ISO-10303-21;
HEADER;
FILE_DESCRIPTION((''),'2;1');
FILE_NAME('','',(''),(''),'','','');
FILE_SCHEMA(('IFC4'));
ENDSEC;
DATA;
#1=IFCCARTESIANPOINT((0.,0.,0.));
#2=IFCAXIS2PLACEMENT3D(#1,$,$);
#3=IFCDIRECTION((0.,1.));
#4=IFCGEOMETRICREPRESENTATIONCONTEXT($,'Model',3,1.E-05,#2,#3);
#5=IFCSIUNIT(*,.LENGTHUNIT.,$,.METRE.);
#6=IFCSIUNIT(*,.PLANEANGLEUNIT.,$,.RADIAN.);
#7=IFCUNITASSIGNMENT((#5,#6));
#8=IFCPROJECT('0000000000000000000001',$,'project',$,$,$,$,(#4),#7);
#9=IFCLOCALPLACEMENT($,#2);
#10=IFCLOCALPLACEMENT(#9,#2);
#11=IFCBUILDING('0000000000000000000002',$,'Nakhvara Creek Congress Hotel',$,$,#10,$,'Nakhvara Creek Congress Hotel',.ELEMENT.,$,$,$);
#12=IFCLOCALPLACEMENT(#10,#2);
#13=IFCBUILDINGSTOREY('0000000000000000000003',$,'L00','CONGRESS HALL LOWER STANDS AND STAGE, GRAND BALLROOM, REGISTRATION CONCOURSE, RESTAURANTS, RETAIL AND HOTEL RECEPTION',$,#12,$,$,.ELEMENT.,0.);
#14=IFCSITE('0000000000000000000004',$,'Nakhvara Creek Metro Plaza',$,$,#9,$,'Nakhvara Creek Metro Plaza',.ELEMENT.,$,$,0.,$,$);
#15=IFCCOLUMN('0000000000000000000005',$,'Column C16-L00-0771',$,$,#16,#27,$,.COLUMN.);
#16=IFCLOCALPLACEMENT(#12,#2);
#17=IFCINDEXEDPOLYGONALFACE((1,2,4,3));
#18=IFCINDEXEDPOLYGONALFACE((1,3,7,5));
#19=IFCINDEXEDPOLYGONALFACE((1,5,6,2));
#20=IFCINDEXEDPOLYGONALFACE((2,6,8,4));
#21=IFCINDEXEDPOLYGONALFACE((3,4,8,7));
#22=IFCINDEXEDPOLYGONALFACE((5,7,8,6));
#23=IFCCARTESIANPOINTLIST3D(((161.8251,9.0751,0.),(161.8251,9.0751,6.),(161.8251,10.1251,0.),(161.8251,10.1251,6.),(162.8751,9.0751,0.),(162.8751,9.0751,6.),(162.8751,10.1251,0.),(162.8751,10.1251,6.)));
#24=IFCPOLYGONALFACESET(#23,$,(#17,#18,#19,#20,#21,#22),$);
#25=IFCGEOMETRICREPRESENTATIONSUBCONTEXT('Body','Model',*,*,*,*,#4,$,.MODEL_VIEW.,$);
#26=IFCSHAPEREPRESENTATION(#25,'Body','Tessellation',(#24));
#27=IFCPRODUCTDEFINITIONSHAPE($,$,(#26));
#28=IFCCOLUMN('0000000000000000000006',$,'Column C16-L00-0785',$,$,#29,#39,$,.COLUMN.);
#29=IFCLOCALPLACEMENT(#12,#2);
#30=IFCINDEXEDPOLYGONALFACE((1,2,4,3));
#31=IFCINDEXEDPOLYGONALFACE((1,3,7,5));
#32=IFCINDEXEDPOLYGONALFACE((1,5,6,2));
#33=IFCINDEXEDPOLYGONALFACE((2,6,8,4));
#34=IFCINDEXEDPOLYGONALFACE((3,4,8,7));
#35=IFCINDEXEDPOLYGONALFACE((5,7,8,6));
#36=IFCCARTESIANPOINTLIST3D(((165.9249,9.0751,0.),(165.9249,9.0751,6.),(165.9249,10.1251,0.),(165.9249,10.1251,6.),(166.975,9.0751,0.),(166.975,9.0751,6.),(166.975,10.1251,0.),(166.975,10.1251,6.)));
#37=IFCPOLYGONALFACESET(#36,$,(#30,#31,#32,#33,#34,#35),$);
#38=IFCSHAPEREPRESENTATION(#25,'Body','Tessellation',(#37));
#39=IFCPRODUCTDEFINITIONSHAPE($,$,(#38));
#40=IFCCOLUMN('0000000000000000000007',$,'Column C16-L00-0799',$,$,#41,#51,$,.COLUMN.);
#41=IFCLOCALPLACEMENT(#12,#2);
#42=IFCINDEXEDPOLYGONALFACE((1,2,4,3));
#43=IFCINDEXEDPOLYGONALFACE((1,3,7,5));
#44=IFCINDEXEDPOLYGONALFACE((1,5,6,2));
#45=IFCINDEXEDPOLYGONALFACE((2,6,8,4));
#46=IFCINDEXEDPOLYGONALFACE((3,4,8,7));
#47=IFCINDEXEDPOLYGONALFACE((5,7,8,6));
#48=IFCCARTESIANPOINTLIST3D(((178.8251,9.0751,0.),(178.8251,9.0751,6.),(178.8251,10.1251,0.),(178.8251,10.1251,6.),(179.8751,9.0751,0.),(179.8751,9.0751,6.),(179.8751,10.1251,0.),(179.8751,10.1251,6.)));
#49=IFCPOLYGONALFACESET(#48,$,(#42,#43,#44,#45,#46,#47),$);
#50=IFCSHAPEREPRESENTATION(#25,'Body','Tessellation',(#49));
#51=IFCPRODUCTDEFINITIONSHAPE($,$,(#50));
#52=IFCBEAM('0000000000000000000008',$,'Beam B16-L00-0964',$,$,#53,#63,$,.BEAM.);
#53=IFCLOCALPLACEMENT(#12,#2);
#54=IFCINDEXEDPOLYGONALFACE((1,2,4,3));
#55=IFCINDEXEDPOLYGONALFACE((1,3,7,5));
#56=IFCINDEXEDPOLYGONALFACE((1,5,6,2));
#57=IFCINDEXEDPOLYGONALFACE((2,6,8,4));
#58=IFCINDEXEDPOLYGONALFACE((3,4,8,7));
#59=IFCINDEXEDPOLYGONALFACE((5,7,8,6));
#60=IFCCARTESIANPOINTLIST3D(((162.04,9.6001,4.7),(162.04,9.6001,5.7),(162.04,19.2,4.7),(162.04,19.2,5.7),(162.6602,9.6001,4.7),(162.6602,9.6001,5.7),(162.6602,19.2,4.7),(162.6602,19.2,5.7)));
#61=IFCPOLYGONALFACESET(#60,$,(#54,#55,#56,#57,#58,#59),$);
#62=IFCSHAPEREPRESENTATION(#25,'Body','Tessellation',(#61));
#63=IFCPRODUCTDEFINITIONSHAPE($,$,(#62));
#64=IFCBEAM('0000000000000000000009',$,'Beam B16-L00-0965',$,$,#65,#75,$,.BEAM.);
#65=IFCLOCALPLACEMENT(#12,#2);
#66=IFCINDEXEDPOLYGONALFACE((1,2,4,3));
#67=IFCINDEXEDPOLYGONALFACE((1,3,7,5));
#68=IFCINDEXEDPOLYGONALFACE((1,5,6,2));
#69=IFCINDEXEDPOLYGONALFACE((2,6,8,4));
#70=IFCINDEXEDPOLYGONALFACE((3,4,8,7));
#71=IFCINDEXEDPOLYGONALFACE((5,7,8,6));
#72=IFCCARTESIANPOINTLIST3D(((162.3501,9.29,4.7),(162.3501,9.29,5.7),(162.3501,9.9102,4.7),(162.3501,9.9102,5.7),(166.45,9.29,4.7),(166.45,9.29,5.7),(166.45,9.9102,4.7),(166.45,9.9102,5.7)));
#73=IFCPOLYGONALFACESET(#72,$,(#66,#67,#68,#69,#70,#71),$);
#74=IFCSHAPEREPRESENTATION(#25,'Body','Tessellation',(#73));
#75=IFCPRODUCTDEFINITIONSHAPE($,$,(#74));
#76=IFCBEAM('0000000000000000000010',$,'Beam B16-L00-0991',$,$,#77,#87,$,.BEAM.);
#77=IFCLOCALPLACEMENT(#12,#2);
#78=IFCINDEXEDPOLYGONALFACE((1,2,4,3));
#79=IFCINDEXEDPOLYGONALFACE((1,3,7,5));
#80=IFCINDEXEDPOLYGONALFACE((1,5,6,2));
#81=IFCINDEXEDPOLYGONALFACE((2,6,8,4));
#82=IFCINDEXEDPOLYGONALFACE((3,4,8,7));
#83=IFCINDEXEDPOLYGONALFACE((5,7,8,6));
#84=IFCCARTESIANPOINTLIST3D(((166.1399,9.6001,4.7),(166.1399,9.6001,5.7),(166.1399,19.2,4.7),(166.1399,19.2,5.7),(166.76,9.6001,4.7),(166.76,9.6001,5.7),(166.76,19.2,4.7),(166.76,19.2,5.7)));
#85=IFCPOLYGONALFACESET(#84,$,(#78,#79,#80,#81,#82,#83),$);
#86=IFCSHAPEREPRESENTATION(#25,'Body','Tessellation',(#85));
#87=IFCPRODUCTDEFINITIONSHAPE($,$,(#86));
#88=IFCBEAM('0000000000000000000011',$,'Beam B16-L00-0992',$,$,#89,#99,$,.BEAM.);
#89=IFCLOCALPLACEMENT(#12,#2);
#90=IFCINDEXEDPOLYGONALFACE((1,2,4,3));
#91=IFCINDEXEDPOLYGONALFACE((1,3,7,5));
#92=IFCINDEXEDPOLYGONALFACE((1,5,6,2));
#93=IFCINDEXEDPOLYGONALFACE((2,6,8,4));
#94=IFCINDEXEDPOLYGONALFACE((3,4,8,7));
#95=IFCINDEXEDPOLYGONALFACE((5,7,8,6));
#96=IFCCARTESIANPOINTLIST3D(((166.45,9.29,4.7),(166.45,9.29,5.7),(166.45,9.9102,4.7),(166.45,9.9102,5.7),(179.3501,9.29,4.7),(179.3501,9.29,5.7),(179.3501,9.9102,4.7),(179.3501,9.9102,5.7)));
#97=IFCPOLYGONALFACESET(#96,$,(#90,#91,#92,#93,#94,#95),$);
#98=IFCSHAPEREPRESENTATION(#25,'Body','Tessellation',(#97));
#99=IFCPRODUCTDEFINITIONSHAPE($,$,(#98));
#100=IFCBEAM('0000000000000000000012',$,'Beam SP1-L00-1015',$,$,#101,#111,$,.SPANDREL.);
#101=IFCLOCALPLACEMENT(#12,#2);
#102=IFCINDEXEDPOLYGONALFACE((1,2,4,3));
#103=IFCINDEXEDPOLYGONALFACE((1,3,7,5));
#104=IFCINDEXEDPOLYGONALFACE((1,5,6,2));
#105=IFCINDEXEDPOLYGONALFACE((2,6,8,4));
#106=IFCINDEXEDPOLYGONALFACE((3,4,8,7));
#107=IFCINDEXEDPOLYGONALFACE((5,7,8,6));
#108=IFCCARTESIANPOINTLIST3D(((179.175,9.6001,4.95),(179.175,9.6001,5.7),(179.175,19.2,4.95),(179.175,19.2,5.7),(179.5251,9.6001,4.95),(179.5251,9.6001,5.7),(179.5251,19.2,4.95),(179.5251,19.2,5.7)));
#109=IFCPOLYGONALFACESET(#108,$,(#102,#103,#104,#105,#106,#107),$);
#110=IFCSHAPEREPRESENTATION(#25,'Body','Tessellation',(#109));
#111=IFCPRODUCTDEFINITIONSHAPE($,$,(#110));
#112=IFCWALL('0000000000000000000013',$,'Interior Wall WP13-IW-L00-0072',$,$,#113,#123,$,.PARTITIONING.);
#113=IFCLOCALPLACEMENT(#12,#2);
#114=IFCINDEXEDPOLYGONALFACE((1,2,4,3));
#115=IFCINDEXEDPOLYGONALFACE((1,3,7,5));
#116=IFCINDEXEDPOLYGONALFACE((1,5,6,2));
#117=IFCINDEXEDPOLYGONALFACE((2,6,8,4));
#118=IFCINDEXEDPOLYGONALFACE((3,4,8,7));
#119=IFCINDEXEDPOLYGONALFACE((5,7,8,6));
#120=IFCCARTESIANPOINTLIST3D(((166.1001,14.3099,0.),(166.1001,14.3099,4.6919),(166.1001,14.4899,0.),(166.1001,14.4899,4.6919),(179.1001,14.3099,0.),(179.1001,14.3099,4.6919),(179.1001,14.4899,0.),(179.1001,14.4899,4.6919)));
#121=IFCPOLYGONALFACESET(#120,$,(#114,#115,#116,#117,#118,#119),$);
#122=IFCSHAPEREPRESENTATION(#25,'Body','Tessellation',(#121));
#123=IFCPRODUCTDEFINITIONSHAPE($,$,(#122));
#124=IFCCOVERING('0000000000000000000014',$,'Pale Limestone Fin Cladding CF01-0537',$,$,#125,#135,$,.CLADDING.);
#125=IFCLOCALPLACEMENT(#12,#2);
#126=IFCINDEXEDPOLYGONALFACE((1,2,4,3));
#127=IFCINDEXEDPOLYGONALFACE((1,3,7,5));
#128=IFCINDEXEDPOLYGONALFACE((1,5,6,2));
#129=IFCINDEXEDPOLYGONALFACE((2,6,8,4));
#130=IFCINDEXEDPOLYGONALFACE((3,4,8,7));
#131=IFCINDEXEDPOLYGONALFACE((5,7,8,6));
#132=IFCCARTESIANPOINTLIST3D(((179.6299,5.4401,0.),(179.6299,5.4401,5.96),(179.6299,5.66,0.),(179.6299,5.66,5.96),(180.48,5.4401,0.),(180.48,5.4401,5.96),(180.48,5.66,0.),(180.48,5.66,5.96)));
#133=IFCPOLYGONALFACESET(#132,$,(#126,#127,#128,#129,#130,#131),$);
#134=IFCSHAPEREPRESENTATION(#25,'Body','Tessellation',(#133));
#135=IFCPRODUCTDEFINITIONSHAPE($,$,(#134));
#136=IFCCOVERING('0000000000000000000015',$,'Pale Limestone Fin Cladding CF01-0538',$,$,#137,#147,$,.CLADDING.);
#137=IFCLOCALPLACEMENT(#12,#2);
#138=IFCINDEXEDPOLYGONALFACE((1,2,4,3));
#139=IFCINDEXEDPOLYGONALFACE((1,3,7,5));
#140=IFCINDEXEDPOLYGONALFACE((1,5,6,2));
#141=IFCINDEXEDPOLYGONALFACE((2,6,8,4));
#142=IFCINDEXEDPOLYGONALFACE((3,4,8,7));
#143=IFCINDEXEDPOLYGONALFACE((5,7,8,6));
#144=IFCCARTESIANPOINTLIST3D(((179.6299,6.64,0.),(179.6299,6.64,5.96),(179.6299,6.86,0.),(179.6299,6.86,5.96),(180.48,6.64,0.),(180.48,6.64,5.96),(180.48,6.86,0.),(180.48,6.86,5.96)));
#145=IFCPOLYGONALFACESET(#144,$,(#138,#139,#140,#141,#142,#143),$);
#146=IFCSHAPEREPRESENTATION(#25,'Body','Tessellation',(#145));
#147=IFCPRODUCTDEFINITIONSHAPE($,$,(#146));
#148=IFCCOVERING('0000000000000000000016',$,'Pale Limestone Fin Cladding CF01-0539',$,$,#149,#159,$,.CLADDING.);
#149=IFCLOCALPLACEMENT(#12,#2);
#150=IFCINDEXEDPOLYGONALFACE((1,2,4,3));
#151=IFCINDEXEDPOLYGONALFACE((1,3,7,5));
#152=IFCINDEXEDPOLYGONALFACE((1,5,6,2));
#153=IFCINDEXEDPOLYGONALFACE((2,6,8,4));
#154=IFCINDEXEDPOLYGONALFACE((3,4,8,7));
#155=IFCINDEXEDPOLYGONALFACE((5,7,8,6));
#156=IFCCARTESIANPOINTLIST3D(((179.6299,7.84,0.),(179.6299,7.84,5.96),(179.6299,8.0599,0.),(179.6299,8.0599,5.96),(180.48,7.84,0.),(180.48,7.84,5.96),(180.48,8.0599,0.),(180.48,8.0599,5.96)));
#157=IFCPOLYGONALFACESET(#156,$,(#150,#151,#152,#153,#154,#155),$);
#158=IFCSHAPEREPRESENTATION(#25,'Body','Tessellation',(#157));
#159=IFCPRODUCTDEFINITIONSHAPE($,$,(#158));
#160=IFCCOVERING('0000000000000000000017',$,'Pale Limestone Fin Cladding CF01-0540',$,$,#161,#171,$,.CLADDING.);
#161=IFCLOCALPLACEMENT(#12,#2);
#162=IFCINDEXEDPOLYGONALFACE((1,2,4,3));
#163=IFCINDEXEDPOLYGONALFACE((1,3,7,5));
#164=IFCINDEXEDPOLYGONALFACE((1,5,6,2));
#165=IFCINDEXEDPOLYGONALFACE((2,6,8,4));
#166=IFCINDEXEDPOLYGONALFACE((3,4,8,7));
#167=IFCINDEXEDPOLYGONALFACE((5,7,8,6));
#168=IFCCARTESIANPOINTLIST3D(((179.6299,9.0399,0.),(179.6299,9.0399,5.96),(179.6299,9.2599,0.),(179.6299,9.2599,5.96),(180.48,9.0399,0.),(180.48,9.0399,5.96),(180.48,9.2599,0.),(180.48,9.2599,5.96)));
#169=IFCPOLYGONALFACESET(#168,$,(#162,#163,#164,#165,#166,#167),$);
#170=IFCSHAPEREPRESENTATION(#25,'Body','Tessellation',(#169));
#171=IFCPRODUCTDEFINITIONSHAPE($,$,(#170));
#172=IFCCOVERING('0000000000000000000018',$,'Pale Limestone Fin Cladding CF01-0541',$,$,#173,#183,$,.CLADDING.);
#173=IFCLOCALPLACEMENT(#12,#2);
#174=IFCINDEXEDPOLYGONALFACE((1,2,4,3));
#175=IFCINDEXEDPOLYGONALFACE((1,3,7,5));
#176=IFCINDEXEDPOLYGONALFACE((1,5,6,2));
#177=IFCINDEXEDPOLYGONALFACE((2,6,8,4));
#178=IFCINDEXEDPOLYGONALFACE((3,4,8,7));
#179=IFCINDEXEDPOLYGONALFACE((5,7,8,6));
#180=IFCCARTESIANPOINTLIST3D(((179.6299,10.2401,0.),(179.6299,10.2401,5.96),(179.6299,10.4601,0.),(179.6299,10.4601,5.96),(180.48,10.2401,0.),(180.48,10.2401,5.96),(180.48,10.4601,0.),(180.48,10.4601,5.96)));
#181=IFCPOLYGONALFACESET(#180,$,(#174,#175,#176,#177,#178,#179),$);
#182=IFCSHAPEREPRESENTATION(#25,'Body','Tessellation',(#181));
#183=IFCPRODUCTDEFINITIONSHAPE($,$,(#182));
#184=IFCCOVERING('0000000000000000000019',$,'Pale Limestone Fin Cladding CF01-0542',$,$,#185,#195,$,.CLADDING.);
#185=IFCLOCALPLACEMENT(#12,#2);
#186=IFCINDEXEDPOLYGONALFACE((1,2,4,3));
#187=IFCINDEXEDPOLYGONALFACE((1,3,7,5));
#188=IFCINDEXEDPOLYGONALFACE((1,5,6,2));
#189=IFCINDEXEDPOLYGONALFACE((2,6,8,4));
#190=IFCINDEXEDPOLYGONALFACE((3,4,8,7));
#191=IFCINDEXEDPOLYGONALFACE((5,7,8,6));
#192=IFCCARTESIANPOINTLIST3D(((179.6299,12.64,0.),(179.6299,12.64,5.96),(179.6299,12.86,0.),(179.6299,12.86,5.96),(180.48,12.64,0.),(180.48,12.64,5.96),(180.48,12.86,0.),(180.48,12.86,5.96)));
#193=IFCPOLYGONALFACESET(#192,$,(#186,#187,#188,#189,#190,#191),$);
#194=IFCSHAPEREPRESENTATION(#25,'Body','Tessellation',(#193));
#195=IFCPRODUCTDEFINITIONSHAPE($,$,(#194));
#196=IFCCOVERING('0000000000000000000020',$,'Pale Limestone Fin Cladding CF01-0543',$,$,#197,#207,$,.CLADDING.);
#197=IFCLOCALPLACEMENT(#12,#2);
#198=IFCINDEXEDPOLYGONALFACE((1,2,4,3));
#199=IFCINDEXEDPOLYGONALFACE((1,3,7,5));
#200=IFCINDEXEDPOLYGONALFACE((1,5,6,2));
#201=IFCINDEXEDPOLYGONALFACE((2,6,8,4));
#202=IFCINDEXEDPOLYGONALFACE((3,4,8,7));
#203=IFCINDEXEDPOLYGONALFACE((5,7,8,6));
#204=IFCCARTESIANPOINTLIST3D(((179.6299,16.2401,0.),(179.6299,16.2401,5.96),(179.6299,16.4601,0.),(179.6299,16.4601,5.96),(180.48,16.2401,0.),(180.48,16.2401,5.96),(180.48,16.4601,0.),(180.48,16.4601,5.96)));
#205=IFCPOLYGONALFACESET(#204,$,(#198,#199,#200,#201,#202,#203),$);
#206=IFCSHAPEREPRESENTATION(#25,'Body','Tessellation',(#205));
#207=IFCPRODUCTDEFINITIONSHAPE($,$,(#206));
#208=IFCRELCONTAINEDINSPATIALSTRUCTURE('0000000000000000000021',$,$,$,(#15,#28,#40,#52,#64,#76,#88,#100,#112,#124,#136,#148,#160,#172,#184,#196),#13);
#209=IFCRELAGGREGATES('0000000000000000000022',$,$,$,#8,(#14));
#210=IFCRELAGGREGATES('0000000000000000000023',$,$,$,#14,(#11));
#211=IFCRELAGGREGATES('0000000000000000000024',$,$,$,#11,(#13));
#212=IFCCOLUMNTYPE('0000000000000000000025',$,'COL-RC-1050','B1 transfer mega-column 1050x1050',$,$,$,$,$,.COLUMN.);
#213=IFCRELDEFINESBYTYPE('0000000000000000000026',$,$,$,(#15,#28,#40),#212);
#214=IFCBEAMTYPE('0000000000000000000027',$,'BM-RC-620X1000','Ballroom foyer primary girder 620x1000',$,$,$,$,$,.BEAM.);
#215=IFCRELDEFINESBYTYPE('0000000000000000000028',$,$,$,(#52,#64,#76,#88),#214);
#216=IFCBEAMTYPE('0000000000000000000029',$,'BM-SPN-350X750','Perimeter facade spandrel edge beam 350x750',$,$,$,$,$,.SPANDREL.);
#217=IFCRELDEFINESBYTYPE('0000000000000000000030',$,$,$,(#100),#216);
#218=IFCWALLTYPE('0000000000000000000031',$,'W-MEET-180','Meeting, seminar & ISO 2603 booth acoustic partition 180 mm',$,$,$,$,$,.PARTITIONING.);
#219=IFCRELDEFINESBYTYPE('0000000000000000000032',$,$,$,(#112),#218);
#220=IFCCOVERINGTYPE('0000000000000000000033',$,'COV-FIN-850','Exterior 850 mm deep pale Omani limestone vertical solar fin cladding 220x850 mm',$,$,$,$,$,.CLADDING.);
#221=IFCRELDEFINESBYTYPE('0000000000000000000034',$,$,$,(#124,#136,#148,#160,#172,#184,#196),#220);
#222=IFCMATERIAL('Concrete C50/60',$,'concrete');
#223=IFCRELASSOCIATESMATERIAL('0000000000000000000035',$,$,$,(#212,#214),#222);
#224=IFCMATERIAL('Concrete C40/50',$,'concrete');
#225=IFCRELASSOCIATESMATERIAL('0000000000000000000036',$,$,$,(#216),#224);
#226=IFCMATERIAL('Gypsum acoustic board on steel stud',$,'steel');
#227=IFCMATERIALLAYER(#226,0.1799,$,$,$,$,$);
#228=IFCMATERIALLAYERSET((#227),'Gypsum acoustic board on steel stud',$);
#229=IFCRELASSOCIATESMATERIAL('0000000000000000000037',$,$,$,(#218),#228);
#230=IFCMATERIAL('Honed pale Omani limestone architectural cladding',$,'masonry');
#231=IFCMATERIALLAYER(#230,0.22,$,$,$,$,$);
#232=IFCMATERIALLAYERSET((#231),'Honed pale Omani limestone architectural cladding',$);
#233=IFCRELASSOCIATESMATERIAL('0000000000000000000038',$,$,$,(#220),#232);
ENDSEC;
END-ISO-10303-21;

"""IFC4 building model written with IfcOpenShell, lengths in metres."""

from ifc_helpers import new_model, si_unit, direction, frame, frame_2d, origin, origin_2d, place, context, subcontext, project, spatial, rectangle, extrude, material, layer, layer_set, material_profile, profile_set, type_object, element, save


model = new_model("IFC4")

# Units and contexts
model_context = context("Model", 3, precision=1e-05, world=origin(), true_north=direction((0.0, 1.0)))
body_context = subcontext(model_context, "Body", "Model", "MODEL_VIEW")
ifc_project = project(units=[si_unit("LENGTHUNIT", "METRE"), si_unit("PLANEANGLEUNIT", "RADIAN")], contexts=[model_context])

# Site, building, storey
site_placement = place(None, origin())
site = spatial("IfcSite", under=ifc_project, at=site_placement, Name="Nakhvara Creek Metro Plaza", LongName="Nakhvara Creek Metro Plaza", CompositionType="ELEMENT", RefElevation=0.0)
building_placement = place(site_placement, origin())
building = spatial("IfcBuilding", under=site, at=building_placement, Name="Nakhvara Creek Congress Hotel", LongName="Nakhvara Creek Congress Hotel", CompositionType="ELEMENT")
storey_placement = place(building_placement, origin())
storey = spatial("IfcBuildingStorey", under=building, at=storey_placement, Name="L00", Description="CONGRESS HALL LOWER STANDS AND STAGE, GRAND BALLROOM, REGISTRATION CONCOURSE, RESTAURANTS, RETAIL AND HOTEL RECEPTION", CompositionType="ELEMENT", Elevation=0.0)

# Columns
ifc_material_1 = material(Name="Concrete C50/60", Category="concrete")
ifc_material_profile_1 = material_profile(ifc_material_1, rectangle(XDim=1.05, YDim=1.05, at=origin_2d()), Name="RC-COL 1050x1050", Category="LoadBearing")
ifc_profile_set_1 = profile_set([ifc_material_profile_1], Name="Concrete C50/60")
column_type = type_object("IfcColumnType", Name="COL-RC-1050", Description="B1 transfer mega-column 1050x1050", PredefinedType="COLUMN", material=ifc_profile_set_1)
for number, where, z_axis, x_axis, name in (
    (1, (162.3501, 9.6001, 0.0), (0.0, 0.0, 1.0), (1.0, 0.0, 0.0), "Column C16-L00-0771"),
    (2, (166.45, 9.6001, 0.0), (0.0, 0.0, 1.0), (1.0, 0.0, 0.0), "Column C16-L00-0785"),
    (3, (179.3501, 9.6001, 0.0), (0.0, 0.0, 1.0), (1.0, 0.0, 0.0), "Column C16-L00-0799"),
):
    element("IfcColumn", number, at=place(storey_placement, frame(where, z_axis=z_axis, x_axis=x_axis)), inside=storey, type_object=column_type, Name=name, PredefinedType="COLUMN", context=body_context, shape_type="SweptSolid", body=[
        extrude(rectangle(XDim=1.05, YDim=1.05, at=origin_2d()), origin(), (0.0, 0.0, 1.0), 6.0),
    ])

# Beams
ifc_material_profile_2 = material_profile(ifc_material_1, rectangle(XDim=0.6201, YDim=1.0, at=origin_2d()), Name="RC-BM 620x1000", Category="LoadBearing")
ifc_profile_set_2 = profile_set([ifc_material_profile_2], Name="Concrete C50/60")
beam_type_1 = type_object("IfcBeamType", Name="BM-RC-620X1000", Description="Ballroom foyer primary girder 620x1000", PredefinedType="BEAM", material=ifc_profile_set_2)
beam_1_placement = place(storey_placement, frame((162.3501, 9.6001, 5.2), z_axis=(0.0, 1.0, 0.0), x_axis=(-1.0, 0.0, 0.0)))
element("IfcBeam", 4, at=beam_1_placement, inside=storey, type_object=beam_type_1, Name="Beam B16-L00-0964", PredefinedType="BEAM", context=body_context, shape_type="SweptSolid", body=[
    extrude(rectangle(XDim=0.6201, YDim=1.0, at=origin_2d()), origin(), (0.0, 0.0, 1.0), 9.5999),
])
beam_2_placement = place(storey_placement, frame((162.3501, 9.6001, 5.2), z_axis=(1.0, 0.0, 0.0), x_axis=(0.0, 1.0, 0.0)))
element("IfcBeam", 5, at=beam_2_placement, inside=storey, type_object=beam_type_1, Name="Beam B16-L00-0965", PredefinedType="BEAM", context=body_context, shape_type="SweptSolid", body=[
    extrude(rectangle(XDim=0.6201, YDim=1.0, at=origin_2d()), origin(), (0.0, 0.0, 1.0), 4.0999),
])
beam_3_placement = place(storey_placement, frame((166.45, 9.6001, 5.2), z_axis=(0.0, 1.0, 0.0), x_axis=(-1.0, 0.0, 0.0)))
element("IfcBeam", 6, at=beam_3_placement, inside=storey, type_object=beam_type_1, Name="Beam B16-L00-0991", PredefinedType="BEAM", context=body_context, shape_type="SweptSolid", body=[
    extrude(rectangle(XDim=0.6201, YDim=1.0, at=origin_2d()), origin(), (0.0, 0.0, 1.0), 9.5999),
])
beam_4_placement = place(storey_placement, frame((166.45, 9.6001, 5.2), z_axis=(1.0, 0.0, 0.0), x_axis=(0.0, 1.0, 0.0)))
element("IfcBeam", 7, at=beam_4_placement, inside=storey, type_object=beam_type_1, Name="Beam B16-L00-0992", PredefinedType="BEAM", context=body_context, shape_type="SweptSolid", body=[
    extrude(rectangle(XDim=0.6201, YDim=1.0, at=origin_2d()), origin(), (0.0, 0.0, 1.0), 12.9001),
])
ifc_material_2 = material(Name="Concrete C40/50", Category="concrete")
ifc_material_profile_3 = material_profile(ifc_material_2, rectangle(XDim=0.3501, YDim=0.75, at=origin_2d()), Name="RC-SPANDREL 350x750", Category="LoadBearing")
ifc_profile_set_3 = profile_set([ifc_material_profile_3], Name="Concrete C40/50")
beam_type_2 = type_object("IfcBeamType", Name="BM-SPN-350X750", Description="Perimeter facade spandrel edge beam 350x750", PredefinedType="SPANDREL", material=ifc_profile_set_3)
beam_5_placement = place(storey_placement, frame((179.3501, 9.6001, 5.325), z_axis=(0.0, 1.0, 0.0), x_axis=(-1.0, 0.0, 0.0)))
element("IfcBeam", 8, at=beam_5_placement, inside=storey, type_object=beam_type_2, Name="Beam SP1-L00-1015", PredefinedType="SPANDREL", context=body_context, shape_type="SweptSolid", body=[
    extrude(rectangle(XDim=0.3501, YDim=0.75, at=origin_2d()), origin(), (0.0, 0.0, 1.0), 9.5999),
])

# Wall
ifc_material_3 = material(Name="Gypsum acoustic board on steel stud", Category="steel")
ifc_layer_1 = layer(ifc_material_3, 0.1799)
ifc_layer_set_1 = layer_set([ifc_layer_1], Name="Gypsum acoustic board on steel stud")
wall_type = type_object("IfcWallType", Name="W-MEET-180", Description="Meeting, seminar & ISO 2603 booth acoustic partition 180 mm", PredefinedType="PARTITIONING", material=ifc_layer_set_1)
wall_placement = place(storey_placement, frame((166.1001, 14.3999, 0.0), z_axis=(0.0, 0.0, 1.0), x_axis=(1.0, 0.0, 0.0)))
element("IfcWall", 9, at=wall_placement, inside=storey, type_object=wall_type, Name="Interior Wall WP13-IW-L00-0072", PredefinedType="PARTITIONING", context=body_context, shape_type="SweptSolid", body=[
    extrude(rectangle(XDim=13.0, YDim=0.1799, at=frame_2d((6.5, 0.0))), origin(), (0.0, 0.0, 1.0), 4.6919),
])

# Coverings
ifc_material_4 = material(Name="Honed pale Omani limestone architectural cladding", Category="masonry")
ifc_layer_2 = layer(ifc_material_4, 0.22)
ifc_layer_set_2 = layer_set([ifc_layer_2], Name="Honed pale Omani limestone architectural cladding")
covering_type = type_object("IfcCoveringType", Name="COV-FIN-850", Description="Exterior 850 mm deep pale Omani limestone vertical solar fin cladding 220x850 mm", PredefinedType="CLADDING", material=ifc_layer_set_2)
for number, where, z_axis, x_axis, name in (
    (10, (180.0549, 5.55, 0.0), (0.0, 0.0, 1.0), (0.0, 1.0, 0.0), "Pale Limestone Fin Cladding CF01-0537"),
    (11, (180.0549, 6.75, 0.0), (0.0, 0.0, 1.0), (0.0, 1.0, 0.0), "Pale Limestone Fin Cladding CF01-0538"),
    (12, (180.0549, 7.95, 0.0), (0.0, 0.0, 1.0), (0.0, 1.0, 0.0), "Pale Limestone Fin Cladding CF01-0539"),
    (13, (180.0549, 9.1499, 0.0), (0.0, 0.0, 1.0), (0.0, 1.0, 0.0), "Pale Limestone Fin Cladding CF01-0540"),
    (14, (180.0549, 10.3501, 0.0), (0.0, 0.0, 1.0), (0.0, 1.0, 0.0), "Pale Limestone Fin Cladding CF01-0541"),
    (15, (180.0549, 12.75, 0.0), (0.0, 0.0, 1.0), (0.0, 1.0, 0.0), "Pale Limestone Fin Cladding CF01-0542"),
    (16, (180.0549, 16.3501, 0.0), (0.0, 0.0, 1.0), (0.0, 1.0, 0.0), "Pale Limestone Fin Cladding CF01-0543"),
):
    element("IfcCovering", number, at=place(storey_placement, frame(where, z_axis=z_axis, x_axis=x_axis)), inside=storey, type_object=covering_type, Name=name, PredefinedType="CLADDING", context=body_context, shape_type="SweptSolid", body=[
        extrude(rectangle(XDim=0.22, YDim=0.8501, at=origin_2d()), origin(), (0.0, 0.0, 1.0), 5.96),
    ])

save(model, "model.ifc")
